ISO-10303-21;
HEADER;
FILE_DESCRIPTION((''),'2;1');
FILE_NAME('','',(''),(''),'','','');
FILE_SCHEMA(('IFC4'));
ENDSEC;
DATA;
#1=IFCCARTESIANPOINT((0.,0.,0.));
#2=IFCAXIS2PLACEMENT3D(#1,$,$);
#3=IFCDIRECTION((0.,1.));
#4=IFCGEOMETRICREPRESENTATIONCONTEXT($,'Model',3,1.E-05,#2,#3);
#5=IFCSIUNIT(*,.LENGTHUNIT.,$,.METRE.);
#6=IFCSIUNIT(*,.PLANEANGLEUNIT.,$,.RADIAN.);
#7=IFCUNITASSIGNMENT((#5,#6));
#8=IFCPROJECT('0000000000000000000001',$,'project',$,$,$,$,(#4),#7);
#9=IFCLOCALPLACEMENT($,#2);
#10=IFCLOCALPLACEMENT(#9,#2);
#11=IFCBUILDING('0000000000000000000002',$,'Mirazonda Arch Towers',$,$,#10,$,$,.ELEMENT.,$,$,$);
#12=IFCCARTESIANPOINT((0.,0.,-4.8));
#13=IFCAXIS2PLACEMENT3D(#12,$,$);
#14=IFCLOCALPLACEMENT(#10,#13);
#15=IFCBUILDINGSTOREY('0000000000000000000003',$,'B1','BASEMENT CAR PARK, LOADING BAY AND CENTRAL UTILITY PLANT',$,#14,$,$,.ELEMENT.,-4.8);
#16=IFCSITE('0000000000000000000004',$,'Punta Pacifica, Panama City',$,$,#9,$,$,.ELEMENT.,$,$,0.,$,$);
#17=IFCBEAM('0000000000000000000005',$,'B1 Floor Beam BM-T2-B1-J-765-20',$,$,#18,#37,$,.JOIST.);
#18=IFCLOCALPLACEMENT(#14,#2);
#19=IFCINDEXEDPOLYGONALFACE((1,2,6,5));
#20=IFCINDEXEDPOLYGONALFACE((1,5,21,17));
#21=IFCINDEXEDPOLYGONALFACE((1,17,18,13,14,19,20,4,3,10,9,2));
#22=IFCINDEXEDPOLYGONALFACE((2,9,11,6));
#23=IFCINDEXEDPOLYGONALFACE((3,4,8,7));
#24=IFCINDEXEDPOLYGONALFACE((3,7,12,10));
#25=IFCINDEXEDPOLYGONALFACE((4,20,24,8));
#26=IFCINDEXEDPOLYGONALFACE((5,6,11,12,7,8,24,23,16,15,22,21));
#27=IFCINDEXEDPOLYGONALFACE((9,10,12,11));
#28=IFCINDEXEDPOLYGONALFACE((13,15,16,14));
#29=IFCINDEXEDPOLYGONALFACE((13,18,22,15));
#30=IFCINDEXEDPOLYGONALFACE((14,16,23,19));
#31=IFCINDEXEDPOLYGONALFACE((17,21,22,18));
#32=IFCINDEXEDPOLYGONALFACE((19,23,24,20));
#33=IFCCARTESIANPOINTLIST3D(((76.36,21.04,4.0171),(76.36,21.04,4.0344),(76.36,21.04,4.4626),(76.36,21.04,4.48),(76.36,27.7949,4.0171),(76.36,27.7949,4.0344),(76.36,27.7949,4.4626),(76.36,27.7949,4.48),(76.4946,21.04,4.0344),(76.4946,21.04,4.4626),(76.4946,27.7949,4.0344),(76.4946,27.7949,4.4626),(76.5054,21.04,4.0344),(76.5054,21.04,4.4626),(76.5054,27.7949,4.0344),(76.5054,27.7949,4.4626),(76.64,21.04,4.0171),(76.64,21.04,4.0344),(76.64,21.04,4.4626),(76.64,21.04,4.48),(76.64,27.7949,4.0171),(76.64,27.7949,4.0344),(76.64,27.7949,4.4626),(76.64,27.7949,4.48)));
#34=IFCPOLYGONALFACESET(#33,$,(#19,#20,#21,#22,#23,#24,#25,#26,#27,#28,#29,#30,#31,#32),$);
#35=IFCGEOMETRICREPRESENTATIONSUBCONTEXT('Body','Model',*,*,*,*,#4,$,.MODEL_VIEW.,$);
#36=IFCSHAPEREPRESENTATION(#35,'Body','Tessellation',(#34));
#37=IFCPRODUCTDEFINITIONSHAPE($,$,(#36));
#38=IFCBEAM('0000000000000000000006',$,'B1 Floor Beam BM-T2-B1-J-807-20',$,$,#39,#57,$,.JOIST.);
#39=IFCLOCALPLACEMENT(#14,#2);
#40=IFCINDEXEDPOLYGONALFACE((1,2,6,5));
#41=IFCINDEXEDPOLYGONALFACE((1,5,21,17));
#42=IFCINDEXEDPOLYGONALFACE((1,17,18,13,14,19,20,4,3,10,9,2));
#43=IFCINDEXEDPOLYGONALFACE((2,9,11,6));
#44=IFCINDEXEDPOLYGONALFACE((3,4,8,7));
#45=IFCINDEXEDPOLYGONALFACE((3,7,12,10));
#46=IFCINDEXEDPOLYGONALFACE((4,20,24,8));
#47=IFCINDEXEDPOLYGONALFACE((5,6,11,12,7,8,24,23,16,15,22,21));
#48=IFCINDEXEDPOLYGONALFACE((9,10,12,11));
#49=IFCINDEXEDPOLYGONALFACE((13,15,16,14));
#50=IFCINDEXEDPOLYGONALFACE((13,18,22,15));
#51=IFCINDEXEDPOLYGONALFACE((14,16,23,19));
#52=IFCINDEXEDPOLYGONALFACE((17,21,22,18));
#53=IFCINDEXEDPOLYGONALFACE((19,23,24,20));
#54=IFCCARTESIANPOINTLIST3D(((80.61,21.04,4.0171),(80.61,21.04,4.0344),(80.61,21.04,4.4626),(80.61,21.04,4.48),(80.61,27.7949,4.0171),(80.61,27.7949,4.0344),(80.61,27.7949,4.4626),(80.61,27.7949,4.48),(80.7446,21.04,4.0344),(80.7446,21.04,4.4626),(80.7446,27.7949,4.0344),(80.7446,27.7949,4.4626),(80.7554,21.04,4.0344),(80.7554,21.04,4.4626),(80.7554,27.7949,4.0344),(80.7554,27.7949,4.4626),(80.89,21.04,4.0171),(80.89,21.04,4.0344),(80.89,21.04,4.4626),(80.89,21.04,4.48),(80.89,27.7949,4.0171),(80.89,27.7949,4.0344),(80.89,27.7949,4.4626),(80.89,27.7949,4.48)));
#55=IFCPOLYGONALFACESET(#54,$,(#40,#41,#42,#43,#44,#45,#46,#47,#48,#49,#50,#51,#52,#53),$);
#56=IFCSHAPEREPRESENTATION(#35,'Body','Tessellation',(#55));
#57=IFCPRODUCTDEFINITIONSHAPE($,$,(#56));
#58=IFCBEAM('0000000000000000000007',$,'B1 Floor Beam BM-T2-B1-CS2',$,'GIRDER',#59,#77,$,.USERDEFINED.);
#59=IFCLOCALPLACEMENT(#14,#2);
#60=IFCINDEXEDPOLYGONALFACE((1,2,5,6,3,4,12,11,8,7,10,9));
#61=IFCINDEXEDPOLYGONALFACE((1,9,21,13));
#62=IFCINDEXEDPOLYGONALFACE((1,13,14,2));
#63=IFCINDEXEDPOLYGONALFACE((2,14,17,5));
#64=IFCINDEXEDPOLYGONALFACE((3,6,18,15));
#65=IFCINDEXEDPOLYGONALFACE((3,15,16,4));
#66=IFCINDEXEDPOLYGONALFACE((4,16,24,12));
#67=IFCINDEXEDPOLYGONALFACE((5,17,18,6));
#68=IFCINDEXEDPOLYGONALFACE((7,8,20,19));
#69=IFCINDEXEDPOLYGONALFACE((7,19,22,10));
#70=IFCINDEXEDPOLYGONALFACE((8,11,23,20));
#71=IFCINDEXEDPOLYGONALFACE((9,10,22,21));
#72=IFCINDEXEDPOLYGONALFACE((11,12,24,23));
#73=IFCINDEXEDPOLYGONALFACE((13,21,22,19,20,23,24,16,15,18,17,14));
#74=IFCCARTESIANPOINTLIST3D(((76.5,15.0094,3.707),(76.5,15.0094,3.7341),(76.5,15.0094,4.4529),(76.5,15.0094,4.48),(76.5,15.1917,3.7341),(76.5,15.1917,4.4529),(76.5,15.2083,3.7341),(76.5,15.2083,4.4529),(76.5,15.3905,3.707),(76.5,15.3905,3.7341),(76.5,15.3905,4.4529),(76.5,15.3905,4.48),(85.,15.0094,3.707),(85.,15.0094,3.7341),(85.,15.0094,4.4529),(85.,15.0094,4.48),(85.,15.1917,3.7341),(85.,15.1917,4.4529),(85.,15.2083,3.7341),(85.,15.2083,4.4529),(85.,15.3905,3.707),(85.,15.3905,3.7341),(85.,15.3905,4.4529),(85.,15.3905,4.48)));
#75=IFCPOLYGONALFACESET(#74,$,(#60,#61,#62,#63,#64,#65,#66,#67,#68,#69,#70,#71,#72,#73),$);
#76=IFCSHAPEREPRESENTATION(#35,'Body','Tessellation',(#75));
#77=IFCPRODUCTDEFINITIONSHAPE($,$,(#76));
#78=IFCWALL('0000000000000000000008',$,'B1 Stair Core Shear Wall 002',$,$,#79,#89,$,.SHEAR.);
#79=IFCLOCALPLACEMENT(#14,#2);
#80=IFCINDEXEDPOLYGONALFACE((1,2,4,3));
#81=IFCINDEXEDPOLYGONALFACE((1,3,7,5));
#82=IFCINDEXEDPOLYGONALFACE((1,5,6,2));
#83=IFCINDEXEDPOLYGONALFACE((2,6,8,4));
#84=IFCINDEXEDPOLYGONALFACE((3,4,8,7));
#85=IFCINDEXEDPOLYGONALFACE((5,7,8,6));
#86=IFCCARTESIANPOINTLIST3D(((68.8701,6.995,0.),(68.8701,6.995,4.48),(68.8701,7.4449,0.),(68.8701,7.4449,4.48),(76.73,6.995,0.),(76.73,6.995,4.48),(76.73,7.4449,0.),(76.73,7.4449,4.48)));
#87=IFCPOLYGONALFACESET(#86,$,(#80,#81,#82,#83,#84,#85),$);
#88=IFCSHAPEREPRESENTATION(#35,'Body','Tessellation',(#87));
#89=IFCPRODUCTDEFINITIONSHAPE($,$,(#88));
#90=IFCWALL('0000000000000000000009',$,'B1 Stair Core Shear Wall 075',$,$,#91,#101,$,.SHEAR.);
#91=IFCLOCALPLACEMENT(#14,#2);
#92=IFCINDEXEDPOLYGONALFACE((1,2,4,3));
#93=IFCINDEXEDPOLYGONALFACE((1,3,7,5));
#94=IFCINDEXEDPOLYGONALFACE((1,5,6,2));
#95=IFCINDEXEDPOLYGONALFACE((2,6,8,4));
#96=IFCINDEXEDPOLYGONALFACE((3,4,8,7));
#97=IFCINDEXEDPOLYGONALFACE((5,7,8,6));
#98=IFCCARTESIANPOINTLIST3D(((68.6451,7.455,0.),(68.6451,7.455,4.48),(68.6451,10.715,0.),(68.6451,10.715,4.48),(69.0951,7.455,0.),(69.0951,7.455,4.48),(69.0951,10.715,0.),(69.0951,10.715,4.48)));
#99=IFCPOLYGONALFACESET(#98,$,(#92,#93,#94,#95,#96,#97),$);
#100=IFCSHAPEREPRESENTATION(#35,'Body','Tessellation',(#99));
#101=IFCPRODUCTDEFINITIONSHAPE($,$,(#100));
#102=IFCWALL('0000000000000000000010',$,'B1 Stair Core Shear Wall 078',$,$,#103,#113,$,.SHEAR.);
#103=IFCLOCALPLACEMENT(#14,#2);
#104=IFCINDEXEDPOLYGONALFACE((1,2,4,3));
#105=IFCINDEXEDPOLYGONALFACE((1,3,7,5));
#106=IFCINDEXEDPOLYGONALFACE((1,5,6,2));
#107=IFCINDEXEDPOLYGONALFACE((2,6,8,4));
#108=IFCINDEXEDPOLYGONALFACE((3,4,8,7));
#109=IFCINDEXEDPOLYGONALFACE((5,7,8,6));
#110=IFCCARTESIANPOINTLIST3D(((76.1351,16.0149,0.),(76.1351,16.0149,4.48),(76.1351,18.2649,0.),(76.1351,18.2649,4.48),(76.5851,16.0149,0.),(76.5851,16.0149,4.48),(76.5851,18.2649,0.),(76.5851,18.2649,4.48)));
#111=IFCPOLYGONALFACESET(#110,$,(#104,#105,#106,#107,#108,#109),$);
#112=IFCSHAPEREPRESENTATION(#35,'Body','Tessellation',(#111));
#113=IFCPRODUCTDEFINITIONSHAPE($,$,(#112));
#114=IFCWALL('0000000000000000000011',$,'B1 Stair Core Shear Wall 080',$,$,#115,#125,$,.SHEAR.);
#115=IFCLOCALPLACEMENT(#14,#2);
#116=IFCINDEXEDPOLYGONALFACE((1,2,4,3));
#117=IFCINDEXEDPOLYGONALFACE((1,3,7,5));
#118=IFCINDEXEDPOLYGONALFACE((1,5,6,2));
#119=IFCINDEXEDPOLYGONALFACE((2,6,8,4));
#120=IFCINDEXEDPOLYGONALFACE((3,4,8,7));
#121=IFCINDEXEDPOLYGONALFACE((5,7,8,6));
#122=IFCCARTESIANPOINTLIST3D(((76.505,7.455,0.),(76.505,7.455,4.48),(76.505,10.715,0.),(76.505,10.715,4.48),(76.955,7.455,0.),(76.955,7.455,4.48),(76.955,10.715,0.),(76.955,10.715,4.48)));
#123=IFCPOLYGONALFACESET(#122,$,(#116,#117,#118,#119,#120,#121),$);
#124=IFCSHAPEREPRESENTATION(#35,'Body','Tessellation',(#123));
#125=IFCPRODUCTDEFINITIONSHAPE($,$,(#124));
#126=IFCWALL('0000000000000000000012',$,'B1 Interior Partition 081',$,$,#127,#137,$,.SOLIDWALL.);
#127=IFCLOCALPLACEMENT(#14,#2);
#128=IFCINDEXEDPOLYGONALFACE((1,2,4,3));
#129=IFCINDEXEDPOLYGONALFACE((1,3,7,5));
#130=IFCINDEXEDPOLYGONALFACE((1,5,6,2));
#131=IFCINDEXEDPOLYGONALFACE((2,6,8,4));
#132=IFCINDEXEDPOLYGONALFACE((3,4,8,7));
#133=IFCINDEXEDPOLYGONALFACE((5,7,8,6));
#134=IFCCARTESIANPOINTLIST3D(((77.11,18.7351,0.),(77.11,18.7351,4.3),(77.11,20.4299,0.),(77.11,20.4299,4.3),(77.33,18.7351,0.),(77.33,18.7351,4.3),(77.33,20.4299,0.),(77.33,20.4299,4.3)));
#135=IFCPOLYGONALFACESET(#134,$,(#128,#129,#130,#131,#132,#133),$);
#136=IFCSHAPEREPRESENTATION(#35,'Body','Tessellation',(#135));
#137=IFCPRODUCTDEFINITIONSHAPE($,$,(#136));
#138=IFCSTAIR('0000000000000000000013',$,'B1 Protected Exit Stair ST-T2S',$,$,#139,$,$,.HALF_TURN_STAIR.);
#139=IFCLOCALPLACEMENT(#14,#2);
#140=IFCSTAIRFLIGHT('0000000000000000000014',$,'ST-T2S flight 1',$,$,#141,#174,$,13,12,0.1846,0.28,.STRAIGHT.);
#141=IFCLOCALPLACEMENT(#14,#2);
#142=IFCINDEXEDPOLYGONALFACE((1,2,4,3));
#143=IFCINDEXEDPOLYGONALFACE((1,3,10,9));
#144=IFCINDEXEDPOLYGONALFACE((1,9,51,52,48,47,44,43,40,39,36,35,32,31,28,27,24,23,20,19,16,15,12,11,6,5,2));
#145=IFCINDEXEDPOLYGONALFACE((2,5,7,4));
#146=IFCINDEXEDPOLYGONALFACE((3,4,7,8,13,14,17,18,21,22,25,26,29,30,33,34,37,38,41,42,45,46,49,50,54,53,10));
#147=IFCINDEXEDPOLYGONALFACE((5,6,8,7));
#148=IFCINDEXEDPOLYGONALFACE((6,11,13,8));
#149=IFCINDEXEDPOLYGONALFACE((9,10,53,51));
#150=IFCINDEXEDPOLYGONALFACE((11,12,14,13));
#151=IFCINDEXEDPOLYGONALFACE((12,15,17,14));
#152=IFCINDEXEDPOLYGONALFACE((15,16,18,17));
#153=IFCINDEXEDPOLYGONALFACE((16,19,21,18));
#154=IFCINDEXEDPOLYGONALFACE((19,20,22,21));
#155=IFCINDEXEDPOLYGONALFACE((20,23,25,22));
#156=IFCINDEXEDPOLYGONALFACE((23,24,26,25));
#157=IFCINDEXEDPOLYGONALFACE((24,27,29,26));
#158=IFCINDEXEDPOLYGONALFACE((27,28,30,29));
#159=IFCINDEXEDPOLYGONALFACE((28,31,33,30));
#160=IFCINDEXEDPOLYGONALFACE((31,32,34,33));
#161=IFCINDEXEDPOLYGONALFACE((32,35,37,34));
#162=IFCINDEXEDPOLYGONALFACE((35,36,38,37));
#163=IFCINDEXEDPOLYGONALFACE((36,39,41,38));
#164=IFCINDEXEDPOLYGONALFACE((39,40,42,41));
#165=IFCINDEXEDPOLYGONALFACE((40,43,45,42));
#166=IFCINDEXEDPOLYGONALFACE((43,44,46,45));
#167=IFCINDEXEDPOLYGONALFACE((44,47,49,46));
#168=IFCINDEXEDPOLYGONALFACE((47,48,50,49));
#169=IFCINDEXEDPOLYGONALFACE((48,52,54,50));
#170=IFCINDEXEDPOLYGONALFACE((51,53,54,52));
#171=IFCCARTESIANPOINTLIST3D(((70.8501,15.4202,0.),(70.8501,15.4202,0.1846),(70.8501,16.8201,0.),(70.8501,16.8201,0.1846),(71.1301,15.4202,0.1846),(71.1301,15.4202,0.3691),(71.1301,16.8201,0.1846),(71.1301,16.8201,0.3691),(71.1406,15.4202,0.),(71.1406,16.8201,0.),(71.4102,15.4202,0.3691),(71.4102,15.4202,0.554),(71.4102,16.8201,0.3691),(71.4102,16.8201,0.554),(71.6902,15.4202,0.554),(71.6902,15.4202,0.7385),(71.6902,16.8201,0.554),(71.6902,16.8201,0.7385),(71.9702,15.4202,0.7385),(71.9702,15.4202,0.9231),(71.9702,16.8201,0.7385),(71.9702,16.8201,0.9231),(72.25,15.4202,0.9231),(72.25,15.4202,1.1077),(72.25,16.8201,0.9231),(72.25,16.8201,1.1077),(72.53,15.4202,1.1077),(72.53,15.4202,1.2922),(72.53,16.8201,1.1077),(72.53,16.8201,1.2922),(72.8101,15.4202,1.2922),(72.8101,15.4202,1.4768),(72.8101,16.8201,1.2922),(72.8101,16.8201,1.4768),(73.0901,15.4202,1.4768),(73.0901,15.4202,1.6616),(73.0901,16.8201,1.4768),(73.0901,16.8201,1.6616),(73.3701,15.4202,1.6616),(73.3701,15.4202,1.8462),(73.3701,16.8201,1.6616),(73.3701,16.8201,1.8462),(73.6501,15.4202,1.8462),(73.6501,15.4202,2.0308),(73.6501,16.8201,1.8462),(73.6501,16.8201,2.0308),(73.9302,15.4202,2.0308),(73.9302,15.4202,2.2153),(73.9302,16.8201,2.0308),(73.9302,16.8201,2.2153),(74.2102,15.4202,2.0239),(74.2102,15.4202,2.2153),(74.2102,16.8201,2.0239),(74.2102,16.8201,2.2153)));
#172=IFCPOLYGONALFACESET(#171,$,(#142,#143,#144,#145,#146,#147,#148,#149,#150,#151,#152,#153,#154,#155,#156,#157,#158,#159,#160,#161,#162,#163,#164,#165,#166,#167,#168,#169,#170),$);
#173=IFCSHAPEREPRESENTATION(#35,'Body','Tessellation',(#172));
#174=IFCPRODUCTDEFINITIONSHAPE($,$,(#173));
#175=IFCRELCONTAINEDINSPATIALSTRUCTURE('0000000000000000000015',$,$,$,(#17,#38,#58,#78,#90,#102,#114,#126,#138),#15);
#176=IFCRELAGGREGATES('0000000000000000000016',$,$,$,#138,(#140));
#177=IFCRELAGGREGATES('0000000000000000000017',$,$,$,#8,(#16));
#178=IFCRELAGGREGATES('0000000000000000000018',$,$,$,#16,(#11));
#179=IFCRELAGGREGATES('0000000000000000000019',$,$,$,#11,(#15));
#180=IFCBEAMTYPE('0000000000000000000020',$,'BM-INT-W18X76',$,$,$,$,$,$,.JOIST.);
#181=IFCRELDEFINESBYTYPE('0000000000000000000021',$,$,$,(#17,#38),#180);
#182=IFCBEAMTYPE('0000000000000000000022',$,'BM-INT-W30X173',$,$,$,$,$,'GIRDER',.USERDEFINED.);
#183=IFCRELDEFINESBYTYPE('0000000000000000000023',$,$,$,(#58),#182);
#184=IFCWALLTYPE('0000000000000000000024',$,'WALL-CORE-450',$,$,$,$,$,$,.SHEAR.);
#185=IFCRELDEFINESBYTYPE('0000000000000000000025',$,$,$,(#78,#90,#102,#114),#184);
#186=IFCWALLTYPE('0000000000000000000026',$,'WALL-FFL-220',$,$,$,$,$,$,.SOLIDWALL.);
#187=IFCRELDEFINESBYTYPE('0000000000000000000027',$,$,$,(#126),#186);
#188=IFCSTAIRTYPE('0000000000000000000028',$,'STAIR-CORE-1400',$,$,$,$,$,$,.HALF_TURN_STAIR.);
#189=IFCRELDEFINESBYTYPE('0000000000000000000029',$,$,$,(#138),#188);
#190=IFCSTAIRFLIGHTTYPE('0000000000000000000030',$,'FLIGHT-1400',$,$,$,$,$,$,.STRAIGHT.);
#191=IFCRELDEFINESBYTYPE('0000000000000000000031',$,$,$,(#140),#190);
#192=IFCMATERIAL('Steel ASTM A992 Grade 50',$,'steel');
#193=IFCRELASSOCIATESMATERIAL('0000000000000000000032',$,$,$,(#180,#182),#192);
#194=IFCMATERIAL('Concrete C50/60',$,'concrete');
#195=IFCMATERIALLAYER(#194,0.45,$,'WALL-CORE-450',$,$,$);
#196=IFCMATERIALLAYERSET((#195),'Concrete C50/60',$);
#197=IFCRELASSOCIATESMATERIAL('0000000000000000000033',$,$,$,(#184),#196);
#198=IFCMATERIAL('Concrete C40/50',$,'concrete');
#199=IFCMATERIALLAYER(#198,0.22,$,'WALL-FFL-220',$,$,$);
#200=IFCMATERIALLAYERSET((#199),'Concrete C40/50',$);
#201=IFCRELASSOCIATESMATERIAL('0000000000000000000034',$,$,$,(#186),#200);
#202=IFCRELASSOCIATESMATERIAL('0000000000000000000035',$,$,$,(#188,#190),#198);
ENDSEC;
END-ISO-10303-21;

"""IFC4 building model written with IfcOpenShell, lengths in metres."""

from ifc_helpers import new_model, si_unit, direction, frame, frame_2d, origin, origin_2d, place, context, subcontext, project, spatial, polyline, rectangle, i_section, outline, extrude, material, layer, layer_set, material_profile, profile_set, type_object, element, aggregate, save


model = new_model("IFC4")

# Units and contexts
model_context = context("Model", 3, precision=1e-05, world=origin(), true_north=direction((0.0, 1.0)))
body_context = subcontext(model_context, "Body", "Model", "MODEL_VIEW")
ifc_project = project(units=[si_unit("LENGTHUNIT", "METRE"), si_unit("PLANEANGLEUNIT", "RADIAN")], contexts=[model_context])

# Site, building, storey
site_placement = place(None, origin())
site = spatial("IfcSite", under=ifc_project, at=site_placement, Name="Punta Pacifica, Panama City", CompositionType="ELEMENT", RefElevation=0.0)
building_placement = place(site_placement, origin())
building = spatial("IfcBuilding", under=site, at=building_placement, Name="Mirazonda Arch Towers", CompositionType="ELEMENT")
storey_placement = place(building_placement, frame((0.0, 0.0, -4.8)))
storey = spatial("IfcBuildingStorey", under=building, at=storey_placement, Name="B1", Description="BASEMENT CAR PARK, LOADING BAY AND CENTRAL UTILITY PLANT", CompositionType="ELEMENT", Elevation=-4.8)

# Shared definitions
ifc_material_1 = material(Name="Concrete C50/60", Category="concrete")

# Beams
ifc_material_2 = material(Name="Steel ASTM A992 Grade 50", Category="steel")
ifc_material_profile_1 = material_profile(ifc_material_2, i_section(OverallWidth=0.28, OverallDepth=0.4629, WebThickness=0.0107, FlangeThickness=0.0173, at=origin_2d()), Name="W18X76")
ifc_profile_set_1 = profile_set([ifc_material_profile_1], Name="Steel ASTM A992 Grade 50")
beam_type_1 = type_object("IfcBeamType", Name="BM-INT-W18X76", PredefinedType="JOIST", material=ifc_profile_set_1)
for number, where, z_axis, x_axis, name in (
    (1, (76.5, 21.04, 4.2485), (0.0, 1.0, 0.0), (-1.0, 0.0, 0.0), "B1 Floor Beam BM-T2-B1-J-765-20"),
    (2, (80.75, 21.04, 4.2485), (0.0, 1.0, 0.0), (-1.0, 0.0, 0.0), "B1 Floor Beam BM-T2-B1-J-807-20"),
):
    element("IfcBeam", number, at=place(storey_placement, frame(where, z_axis=z_axis, x_axis=x_axis)), inside=storey, type_object=beam_type_1, Name=name, PredefinedType="JOIST", context=body_context, shape_type="SweptSolid", body=[
        extrude(i_section(OverallWidth=0.28, OverallDepth=0.4629, WebThickness=0.0107, FlangeThickness=0.0173, at=origin_2d()), origin(), (0.0, 0.0, 1.0), 6.7549),
    ])
ifc_material_profile_2 = material_profile(ifc_material_2, i_section(OverallWidth=0.3811, OverallDepth=0.7729, WebThickness=0.0166, FlangeThickness=0.0271, at=origin_2d()), Name="W30X173")
ifc_profile_set_2 = profile_set([ifc_material_profile_2], Name="Steel ASTM A992 Grade 50")
beam_type_2 = type_object("IfcBeamType", Name="BM-INT-W30X173", ElementType="GIRDER", PredefinedType="USERDEFINED", material=ifc_profile_set_2)
beam_placement = place(storey_placement, frame((76.5, 15.2, 4.0935), z_axis=(1.0, 0.0, 0.0), x_axis=(0.0, 1.0, 0.0)))
element("IfcBeam", 3, at=beam_placement, inside=storey, type_object=beam_type_2, Name="B1 Floor Beam BM-T2-B1-CS2", ObjectType="GIRDER", PredefinedType="USERDEFINED", context=body_context, shape_type="SweptSolid", body=[
    extrude(i_section(OverallWidth=0.3811, OverallDepth=0.7729, WebThickness=0.0166, FlangeThickness=0.0271, at=origin_2d()), origin(), (0.0, 0.0, 1.0), 8.5),
])

# Walls
ifc_layer_1 = layer(ifc_material_1, 0.45, Name="WALL-CORE-450")
ifc_layer_set_1 = layer_set([ifc_layer_1], Name="Concrete C50/60")
wall_type_1 = type_object("IfcWallType", Name="WALL-CORE-450", PredefinedType="SHEAR", material=ifc_layer_set_1)
wall_1_placement = place(storey_placement, frame((68.8701, 7.22, 0.0), z_axis=(0.0, 0.0, 1.0), x_axis=(1.0, 0.0, 0.0)))
element("IfcWall", 4, at=wall_1_placement, inside=storey, type_object=wall_type_1, Name="B1 Stair Core Shear Wall 002", PredefinedType="SHEAR", context=body_context, shape_type="SweptSolid", body=[
    extrude(rectangle(XDim=7.8599, YDim=0.45, at=frame_2d((3.9299, 0.0))), origin(), (0.0, 0.0, 1.0), 4.48),
])
wall_2_placement = place(storey_placement, frame((68.8701, 7.4551, 0.0), z_axis=(0.0, 0.0, 1.0), x_axis=(0.0, 1.0, 0.0)))
element("IfcWall", 5, at=wall_2_placement, inside=storey, type_object=wall_type_1, Name="B1 Stair Core Shear Wall 075", PredefinedType="SHEAR", context=body_context, shape_type="SweptSolid", body=[
    extrude(rectangle(XDim=3.26, YDim=0.45, at=frame_2d((1.6299, 0.0))), origin(), (0.0, 0.0, 1.0), 4.48),
])
wall_3_placement = place(storey_placement, frame((76.3601, 16.0149, 0.0), z_axis=(0.0, 0.0, 1.0), x_axis=(0.0, 1.0, 0.0)))
element("IfcWall", 6, at=wall_3_placement, inside=storey, type_object=wall_type_1, Name="B1 Stair Core Shear Wall 078", PredefinedType="SHEAR", context=body_context, shape_type="SweptSolid", body=[
    extrude(rectangle(XDim=2.25, YDim=0.45, at=frame_2d((1.125, 0.0))), origin(), (0.0, 0.0, 1.0), 4.48),
])
wall_4_placement = place(storey_placement, frame((76.73, 7.4551, 0.0), z_axis=(0.0, 0.0, 1.0), x_axis=(0.0, 1.0, 0.0)))
element("IfcWall", 7, at=wall_4_placement, inside=storey, type_object=wall_type_1, Name="B1 Stair Core Shear Wall 080", PredefinedType="SHEAR", context=body_context, shape_type="SweptSolid", body=[
    extrude(rectangle(XDim=3.26, YDim=0.45, at=frame_2d((1.6299, 0.0))), origin(), (0.0, 0.0, 1.0), 4.48),
])
ifc_material_3 = material(Name="Concrete C40/50", Category="concrete")
ifc_layer_2 = layer(ifc_material_3, 0.22, Name="WALL-FFL-220")
ifc_layer_set_2 = layer_set([ifc_layer_2], Name="Concrete C40/50")
wall_type_2 = type_object("IfcWallType", Name="WALL-FFL-220", PredefinedType="SOLIDWALL", material=ifc_layer_set_2)
wall_5_placement = place(storey_placement, frame((77.22, 18.7351, 0.0), z_axis=(0.0, 0.0, 1.0), x_axis=(0.0, 1.0, 0.0)))
element("IfcWall", 8, at=wall_5_placement, inside=storey, type_object=wall_type_2, Name="B1 Interior Partition 081", PredefinedType="SOLIDWALL", context=body_context, shape_type="SweptSolid", body=[
    extrude(rectangle(XDim=1.6948, YDim=0.22, at=frame_2d((0.8474, 0.0))), origin(), (0.0, 0.0, 1.0), 4.3),
])

# Stair, stair flight
stair_type_1 = type_object("IfcStairType", Name="STAIR-CORE-1400", PredefinedType="HALF_TURN_STAIR", material=ifc_material_3)
stair_1_placement = place(storey_placement, origin())
stair_1 = element("IfcStair", 9, at=stair_1_placement, inside=storey, type_object=stair_type_1, Name="B1 Protected Exit Stair ST-T2S", PredefinedType="HALF_TURN_STAIR")
stair_flight_type_1 = type_object("IfcStairFlightType", Name="FLIGHT-1400", PredefinedType="STRAIGHT", material=ifc_material_3)
stair_flight_1_placement = place(storey_placement, frame((70.8501, 16.1201, 0.0), z_axis=(0.0, 0.0, 1.0), x_axis=(1.0, 0.0, 0.0)))
stair_flight_1 = element("IfcStairFlight", 10, at=stair_flight_1_placement, type_object=stair_flight_type_1, Name="ST-T2S flight 1", NumberOfRisers=13, NumberOfTreads=12, PredefinedType="STRAIGHT", RiserHeight=0.1846, TreadLength=0.28, context=body_context, shape_type="SweptSolid", body=[
    extrude(outline(polyline([(0.0, 0.0), (0.0, 0.1846), (0.28, 0.1846), (0.28, 0.3691), (0.5601, 0.3691), (0.5601, 0.554), (0.8401, 0.554), (0.8401, 0.7385), (1.1201, 0.7385), (1.1201, 0.9231), (1.3999, 0.9231), (1.3999, 1.1077), (1.6799, 1.1077), (1.6799, 1.2922), (1.96, 1.2922), (1.96, 1.4768), (2.24, 1.4768), (2.24, 1.6616), (2.52, 1.6616), (2.52, 1.8462), (2.8, 1.8462), (2.8, 2.0308), (3.0801, 2.0308), (3.0801, 2.2153), (3.3601, 2.2153), (3.3601, 2.3999), (3.3601, 2.0239), (0.2905, 0.0), (0.0, 0.0)])), frame((0.0, 0.7, 0.0), z_axis=(0.0, -1.0, 0.0), x_axis=(1.0, 0.0, 0.0)), (0.0, 0.0, 1.0), 1.3999),
])
aggregate(stair_1, [stair_flight_1])

save(model, "model.ifc")
